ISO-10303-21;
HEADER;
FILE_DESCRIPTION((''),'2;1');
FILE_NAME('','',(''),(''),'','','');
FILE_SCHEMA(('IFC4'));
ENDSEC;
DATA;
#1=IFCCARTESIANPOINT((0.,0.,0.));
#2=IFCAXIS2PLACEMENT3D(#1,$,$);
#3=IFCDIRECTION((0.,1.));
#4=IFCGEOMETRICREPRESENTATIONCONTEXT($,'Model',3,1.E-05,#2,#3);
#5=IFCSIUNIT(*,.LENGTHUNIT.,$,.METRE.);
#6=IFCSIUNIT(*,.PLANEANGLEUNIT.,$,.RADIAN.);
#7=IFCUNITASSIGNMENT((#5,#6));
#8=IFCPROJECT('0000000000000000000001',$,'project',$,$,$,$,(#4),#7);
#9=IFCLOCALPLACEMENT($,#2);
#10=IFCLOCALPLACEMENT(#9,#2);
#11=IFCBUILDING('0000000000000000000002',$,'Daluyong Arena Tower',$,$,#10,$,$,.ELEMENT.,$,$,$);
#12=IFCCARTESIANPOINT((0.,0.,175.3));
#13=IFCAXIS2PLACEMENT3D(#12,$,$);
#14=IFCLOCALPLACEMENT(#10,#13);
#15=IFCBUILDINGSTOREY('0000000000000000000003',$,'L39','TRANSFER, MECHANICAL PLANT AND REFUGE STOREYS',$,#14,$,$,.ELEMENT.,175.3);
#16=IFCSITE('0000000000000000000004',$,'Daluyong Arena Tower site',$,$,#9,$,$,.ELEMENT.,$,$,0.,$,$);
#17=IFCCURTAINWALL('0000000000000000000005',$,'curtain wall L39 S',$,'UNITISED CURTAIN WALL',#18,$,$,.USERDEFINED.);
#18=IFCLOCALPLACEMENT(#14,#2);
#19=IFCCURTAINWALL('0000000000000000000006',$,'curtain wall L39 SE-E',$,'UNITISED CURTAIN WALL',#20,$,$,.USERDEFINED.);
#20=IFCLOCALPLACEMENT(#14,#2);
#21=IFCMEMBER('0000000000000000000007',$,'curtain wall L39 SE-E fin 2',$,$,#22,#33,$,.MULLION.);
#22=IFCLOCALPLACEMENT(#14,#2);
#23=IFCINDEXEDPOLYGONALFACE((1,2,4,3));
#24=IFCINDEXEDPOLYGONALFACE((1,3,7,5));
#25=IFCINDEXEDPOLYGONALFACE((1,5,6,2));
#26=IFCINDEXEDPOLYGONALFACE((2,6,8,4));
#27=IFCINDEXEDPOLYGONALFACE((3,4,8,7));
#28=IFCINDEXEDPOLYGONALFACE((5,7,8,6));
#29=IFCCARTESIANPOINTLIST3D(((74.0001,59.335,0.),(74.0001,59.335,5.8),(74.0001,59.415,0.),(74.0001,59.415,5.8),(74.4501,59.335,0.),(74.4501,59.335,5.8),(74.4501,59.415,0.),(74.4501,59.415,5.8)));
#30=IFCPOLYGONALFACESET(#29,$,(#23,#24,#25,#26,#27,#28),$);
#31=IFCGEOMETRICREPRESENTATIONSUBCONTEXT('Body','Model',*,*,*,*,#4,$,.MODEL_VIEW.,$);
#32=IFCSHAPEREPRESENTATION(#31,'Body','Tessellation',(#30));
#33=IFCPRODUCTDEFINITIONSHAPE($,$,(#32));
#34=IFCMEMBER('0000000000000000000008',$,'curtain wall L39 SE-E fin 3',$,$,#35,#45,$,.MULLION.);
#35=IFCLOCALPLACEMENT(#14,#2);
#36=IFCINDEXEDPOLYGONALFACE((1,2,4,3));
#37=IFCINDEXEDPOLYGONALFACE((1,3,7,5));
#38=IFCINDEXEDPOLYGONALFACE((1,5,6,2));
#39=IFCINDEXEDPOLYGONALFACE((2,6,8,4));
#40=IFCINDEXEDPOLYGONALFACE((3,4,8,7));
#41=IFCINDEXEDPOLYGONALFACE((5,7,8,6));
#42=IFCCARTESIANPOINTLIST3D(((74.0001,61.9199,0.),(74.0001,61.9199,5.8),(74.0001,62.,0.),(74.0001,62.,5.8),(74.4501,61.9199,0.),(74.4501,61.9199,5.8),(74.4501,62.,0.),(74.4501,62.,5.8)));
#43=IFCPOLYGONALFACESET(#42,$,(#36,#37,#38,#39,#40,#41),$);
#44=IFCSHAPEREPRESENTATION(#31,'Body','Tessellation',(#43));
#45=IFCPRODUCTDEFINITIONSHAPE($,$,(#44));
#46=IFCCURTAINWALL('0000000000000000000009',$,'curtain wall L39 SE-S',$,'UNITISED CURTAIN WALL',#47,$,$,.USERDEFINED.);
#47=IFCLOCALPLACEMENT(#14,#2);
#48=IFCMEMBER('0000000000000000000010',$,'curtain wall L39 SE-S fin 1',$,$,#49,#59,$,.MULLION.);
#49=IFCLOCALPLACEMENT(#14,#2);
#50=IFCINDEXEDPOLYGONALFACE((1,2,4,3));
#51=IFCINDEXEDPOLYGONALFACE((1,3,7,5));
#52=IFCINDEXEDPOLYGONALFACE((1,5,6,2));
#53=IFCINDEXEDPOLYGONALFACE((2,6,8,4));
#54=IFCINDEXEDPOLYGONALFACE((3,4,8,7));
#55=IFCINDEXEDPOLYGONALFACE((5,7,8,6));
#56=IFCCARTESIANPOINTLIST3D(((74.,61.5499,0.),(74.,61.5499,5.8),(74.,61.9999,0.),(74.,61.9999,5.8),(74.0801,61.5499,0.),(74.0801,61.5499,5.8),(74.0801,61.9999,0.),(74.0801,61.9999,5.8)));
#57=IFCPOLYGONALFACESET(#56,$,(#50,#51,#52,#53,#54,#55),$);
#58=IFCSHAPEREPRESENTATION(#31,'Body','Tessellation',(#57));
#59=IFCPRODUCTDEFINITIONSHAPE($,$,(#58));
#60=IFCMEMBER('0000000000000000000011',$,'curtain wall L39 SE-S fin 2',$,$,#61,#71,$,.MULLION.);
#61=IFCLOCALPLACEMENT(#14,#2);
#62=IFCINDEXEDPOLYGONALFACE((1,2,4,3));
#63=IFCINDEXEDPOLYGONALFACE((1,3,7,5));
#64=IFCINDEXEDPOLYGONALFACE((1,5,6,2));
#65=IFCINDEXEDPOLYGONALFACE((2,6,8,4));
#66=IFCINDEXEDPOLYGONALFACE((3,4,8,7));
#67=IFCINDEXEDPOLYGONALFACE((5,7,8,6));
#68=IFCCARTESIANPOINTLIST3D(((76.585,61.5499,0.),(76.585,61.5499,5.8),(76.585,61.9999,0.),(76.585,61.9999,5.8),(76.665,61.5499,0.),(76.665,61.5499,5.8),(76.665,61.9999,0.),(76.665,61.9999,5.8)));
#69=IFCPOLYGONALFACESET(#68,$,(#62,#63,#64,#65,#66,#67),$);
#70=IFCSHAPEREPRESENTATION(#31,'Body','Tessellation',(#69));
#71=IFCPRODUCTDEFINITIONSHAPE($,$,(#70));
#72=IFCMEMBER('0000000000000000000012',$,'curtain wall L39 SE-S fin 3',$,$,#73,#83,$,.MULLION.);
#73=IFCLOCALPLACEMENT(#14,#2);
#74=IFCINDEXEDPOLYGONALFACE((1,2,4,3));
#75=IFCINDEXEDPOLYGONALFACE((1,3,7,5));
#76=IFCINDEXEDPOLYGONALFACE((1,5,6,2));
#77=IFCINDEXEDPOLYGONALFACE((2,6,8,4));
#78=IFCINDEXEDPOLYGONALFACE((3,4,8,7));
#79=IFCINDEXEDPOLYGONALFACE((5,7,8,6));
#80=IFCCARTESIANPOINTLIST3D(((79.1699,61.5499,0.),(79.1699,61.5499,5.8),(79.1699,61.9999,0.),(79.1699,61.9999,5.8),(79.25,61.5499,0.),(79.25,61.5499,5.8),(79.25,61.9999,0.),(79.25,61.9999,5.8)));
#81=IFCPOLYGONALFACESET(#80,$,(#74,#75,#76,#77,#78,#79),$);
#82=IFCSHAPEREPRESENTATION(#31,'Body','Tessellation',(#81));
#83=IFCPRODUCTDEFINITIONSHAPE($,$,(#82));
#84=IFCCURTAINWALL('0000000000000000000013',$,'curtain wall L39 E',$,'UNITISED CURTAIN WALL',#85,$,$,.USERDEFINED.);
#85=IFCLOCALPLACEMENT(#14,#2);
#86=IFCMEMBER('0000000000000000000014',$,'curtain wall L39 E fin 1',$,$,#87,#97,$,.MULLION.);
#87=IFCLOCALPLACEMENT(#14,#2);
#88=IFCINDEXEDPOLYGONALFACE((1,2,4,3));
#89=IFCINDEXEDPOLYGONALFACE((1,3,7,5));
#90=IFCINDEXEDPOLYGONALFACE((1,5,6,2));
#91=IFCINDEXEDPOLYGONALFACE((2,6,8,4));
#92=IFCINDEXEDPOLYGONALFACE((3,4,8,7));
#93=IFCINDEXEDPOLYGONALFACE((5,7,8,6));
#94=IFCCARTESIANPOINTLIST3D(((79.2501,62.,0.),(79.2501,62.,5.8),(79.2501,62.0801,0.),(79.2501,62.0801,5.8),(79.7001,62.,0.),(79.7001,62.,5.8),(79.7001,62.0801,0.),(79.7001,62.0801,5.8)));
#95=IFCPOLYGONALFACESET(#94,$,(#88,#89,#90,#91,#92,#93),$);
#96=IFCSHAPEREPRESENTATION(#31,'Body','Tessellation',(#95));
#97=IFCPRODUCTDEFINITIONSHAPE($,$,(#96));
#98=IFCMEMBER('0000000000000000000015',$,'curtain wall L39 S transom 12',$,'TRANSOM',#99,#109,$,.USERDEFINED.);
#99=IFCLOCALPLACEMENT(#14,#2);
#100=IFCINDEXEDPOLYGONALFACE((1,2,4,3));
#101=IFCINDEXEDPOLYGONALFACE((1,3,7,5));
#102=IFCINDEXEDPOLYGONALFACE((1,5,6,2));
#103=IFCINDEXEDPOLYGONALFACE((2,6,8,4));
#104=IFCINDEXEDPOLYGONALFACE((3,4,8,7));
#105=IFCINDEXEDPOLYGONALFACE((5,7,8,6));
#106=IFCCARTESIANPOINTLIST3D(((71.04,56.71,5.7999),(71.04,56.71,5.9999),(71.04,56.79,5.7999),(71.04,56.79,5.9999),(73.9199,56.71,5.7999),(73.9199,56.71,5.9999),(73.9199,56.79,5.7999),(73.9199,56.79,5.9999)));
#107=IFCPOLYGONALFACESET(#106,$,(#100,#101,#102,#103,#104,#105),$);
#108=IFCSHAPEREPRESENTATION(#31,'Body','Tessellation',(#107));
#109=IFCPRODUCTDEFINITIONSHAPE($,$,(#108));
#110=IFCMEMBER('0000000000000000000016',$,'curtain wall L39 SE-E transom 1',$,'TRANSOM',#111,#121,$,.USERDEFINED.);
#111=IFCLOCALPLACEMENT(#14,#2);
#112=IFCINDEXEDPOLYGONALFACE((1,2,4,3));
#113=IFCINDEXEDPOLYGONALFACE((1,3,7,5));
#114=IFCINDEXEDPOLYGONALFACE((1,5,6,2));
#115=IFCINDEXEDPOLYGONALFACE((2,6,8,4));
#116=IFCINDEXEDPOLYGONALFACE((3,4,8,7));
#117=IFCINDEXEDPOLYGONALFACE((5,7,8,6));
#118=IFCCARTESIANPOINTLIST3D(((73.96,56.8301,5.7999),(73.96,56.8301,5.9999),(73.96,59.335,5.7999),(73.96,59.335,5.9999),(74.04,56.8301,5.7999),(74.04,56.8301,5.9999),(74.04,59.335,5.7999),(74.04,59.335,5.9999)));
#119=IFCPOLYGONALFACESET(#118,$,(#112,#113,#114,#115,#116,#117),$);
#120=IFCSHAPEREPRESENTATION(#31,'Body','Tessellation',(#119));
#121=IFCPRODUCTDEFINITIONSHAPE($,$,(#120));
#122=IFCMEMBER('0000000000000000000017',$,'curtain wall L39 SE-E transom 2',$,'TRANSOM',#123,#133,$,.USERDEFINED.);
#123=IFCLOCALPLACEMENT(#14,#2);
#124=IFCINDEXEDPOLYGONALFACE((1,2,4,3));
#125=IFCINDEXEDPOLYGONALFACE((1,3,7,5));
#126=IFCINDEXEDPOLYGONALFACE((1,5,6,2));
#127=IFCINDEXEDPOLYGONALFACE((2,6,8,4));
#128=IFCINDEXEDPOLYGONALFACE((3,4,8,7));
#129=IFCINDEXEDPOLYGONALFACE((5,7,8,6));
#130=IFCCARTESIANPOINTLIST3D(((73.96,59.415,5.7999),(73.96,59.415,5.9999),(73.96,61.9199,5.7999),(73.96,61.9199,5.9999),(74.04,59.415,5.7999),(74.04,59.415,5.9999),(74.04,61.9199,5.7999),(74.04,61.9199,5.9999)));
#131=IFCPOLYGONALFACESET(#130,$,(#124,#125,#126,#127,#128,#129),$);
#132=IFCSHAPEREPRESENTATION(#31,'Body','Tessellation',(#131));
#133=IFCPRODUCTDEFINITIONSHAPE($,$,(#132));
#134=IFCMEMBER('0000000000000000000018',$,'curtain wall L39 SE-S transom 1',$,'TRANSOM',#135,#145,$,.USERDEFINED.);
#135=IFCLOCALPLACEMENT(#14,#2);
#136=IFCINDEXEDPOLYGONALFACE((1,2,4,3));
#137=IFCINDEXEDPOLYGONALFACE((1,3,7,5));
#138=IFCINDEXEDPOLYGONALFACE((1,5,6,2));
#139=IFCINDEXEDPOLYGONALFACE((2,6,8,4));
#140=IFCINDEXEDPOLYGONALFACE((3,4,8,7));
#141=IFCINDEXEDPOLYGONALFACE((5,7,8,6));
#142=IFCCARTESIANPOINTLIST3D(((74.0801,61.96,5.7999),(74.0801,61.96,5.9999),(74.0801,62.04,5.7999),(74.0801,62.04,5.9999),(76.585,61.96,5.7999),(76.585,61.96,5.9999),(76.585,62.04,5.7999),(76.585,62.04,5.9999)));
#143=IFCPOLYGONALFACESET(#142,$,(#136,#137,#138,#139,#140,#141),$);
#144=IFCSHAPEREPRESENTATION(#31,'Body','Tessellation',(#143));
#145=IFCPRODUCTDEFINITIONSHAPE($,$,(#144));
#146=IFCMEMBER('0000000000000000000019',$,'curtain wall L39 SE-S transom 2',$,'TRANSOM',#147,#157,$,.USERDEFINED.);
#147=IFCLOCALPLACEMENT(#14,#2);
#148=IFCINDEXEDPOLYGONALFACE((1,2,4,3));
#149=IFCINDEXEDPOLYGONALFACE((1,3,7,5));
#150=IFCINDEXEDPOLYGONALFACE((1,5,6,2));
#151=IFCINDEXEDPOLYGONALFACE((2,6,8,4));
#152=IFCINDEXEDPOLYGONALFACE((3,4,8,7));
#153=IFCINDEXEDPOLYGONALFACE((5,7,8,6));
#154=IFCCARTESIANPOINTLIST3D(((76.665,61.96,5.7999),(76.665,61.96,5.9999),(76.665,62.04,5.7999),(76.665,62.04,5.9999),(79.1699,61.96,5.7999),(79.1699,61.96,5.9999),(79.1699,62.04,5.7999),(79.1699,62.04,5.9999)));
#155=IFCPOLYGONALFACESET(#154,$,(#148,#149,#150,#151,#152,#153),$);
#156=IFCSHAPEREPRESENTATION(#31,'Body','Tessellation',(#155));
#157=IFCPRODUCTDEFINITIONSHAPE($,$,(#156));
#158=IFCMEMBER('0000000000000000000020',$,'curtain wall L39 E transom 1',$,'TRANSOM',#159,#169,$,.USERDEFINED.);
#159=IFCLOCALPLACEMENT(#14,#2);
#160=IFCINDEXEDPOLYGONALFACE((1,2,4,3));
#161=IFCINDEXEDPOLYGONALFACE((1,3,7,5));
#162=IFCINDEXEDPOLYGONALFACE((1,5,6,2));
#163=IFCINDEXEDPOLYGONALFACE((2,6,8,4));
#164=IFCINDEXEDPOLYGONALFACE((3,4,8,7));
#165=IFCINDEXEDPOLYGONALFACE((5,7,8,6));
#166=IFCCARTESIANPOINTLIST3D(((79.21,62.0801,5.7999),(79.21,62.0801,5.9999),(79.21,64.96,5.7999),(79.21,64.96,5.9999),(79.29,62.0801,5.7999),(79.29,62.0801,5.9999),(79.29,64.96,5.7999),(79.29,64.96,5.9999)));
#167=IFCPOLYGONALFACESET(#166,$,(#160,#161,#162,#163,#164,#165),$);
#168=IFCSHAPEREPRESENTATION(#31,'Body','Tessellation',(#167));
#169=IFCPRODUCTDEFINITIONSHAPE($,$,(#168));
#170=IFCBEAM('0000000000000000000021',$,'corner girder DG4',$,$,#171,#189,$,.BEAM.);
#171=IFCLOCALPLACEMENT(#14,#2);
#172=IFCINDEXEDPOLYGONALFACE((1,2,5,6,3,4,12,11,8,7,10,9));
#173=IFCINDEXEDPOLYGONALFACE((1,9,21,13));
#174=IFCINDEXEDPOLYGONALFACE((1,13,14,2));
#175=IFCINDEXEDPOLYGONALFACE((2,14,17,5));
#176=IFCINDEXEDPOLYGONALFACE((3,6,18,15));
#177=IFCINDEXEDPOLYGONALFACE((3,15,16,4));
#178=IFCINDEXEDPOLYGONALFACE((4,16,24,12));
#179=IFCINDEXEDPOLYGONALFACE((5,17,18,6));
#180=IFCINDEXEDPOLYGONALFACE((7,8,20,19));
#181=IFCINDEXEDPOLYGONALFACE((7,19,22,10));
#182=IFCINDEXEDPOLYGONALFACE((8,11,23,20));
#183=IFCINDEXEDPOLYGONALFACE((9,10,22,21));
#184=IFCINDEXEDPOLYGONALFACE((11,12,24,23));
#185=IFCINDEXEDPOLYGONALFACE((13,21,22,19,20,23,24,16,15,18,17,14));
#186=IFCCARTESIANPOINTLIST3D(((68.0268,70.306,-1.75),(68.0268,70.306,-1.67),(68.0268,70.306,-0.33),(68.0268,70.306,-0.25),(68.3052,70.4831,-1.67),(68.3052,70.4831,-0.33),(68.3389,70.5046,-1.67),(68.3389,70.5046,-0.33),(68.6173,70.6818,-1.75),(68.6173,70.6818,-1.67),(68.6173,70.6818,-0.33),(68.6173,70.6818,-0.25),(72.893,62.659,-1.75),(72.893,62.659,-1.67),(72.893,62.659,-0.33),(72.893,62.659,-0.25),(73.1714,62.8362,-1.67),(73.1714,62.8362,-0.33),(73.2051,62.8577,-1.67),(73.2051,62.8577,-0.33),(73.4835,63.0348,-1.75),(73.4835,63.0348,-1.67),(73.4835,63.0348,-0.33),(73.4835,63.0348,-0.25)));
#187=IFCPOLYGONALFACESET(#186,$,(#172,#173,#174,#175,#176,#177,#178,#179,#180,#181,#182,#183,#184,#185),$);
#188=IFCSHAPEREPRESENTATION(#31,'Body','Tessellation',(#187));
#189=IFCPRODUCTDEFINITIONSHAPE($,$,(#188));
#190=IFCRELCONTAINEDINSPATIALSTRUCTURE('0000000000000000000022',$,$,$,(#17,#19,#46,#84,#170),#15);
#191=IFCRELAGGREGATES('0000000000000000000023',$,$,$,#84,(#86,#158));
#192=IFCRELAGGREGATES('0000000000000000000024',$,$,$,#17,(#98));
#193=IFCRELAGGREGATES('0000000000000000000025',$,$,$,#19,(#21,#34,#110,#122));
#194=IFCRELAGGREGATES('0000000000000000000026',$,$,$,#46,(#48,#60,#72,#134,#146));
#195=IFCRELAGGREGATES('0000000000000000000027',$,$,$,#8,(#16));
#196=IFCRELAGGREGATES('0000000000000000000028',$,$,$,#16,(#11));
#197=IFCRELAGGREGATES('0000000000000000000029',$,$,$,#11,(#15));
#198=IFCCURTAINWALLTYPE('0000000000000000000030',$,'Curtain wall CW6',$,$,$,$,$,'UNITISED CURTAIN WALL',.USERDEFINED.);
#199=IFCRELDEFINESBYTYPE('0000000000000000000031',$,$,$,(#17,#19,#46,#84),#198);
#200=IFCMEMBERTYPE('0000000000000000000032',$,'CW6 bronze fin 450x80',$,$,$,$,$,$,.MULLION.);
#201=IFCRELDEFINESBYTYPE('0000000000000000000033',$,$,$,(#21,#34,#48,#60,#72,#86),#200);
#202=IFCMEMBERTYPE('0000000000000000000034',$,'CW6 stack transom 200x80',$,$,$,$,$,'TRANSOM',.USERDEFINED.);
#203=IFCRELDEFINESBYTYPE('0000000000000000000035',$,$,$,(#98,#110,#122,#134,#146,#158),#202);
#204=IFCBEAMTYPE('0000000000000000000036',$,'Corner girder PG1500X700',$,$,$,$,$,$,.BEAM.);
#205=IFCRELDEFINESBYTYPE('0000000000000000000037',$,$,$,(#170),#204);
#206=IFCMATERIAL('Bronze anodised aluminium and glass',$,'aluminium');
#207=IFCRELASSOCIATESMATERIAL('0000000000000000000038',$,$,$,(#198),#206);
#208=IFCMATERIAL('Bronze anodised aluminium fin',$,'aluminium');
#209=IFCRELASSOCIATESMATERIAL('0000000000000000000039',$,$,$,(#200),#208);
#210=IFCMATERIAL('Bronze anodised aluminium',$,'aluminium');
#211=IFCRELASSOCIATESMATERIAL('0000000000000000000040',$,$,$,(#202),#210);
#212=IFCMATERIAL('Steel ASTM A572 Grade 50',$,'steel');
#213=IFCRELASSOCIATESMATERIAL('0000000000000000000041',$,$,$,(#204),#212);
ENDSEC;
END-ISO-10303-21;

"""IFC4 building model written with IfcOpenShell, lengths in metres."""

from ifc_helpers import new_model, si_unit, direction, frame, origin, origin_2d, place, context, subcontext, project, spatial, rectangle, i_section, extrude, material, material_profile, profile_set, type_object, element, aggregate, save


model = new_model("IFC4")

# Units and contexts
model_context = context("Model", 3, precision=1e-05, world=origin(), true_north=direction((0.0, 1.0)))
body_context = subcontext(model_context, "Body", "Model", "MODEL_VIEW")
ifc_project = project(units=[si_unit("LENGTHUNIT", "METRE"), si_unit("PLANEANGLEUNIT", "RADIAN")], contexts=[model_context])

# Site, building, storey
site_placement = place(None, origin())
site = spatial("IfcSite", under=ifc_project, at=site_placement, Name="Daluyong Arena Tower site", CompositionType="ELEMENT", RefElevation=0.0)
building_placement = place(site_placement, origin())
building = spatial("IfcBuilding", under=site, at=building_placement, Name="Daluyong Arena Tower", CompositionType="ELEMENT")
storey_placement = place(building_placement, frame((0.0, 0.0, 175.3)))
storey = spatial("IfcBuildingStorey", under=building, at=storey_placement, Name="L39", Description="TRANSFER, MECHANICAL PLANT AND REFUGE STOREYS", CompositionType="ELEMENT", Elevation=175.3)

# Curtain wall
ifc_material_1 = material(Name="Bronze anodised aluminium and glass", Category="aluminium")
curtain_wall_type = type_object("IfcCurtainWallType", Name="Curtain wall CW6", ElementType="UNITISED CURTAIN WALL", PredefinedType="USERDEFINED", material=ifc_material_1)
curtain_wall_1_placement = place(storey_placement, origin())
curtain_wall_1 = element("IfcCurtainWall", 1, at=curtain_wall_1_placement, inside=storey, type_object=curtain_wall_type, Name="curtain wall L39 S", ObjectType="UNITISED CURTAIN WALL", PredefinedType="USERDEFINED")
ifc_material_2 = material(Name="Bronze anodised aluminium fin", Category="aluminium")
ifc_material_profile_1 = material_profile(ifc_material_2, rectangle(XDim=0.45, YDim=0.0801, at=origin_2d()))
ifc_profile_set_1 = profile_set([ifc_material_profile_1], Name="Bronze anodised aluminium fin")
member_type_1 = type_object("IfcMemberType", Name="CW6 bronze fin 450x80", PredefinedType="MULLION", material=ifc_profile_set_1)

# Curtain walls, members
curtain_wall_2_placement = place(storey_placement, origin())
curtain_wall_2 = element("IfcCurtainWall", 2, at=curtain_wall_2_placement, inside=storey, type_object=curtain_wall_type, Name="curtain wall L39 SE-E", ObjectType="UNITISED CURTAIN WALL", PredefinedType="USERDEFINED")
member_1_placement = place(storey_placement, frame((74.2251, 59.375, 0.0), z_axis=(0.0, 0.0, 1.0), x_axis=(-1.0, 0.0, 0.0)))
member_1 = element("IfcMember", 3, at=member_1_placement, type_object=member_type_1, Name="curtain wall L39 SE-E fin 2", PredefinedType="MULLION", context=body_context, shape_type="SweptSolid", body=[
    extrude(rectangle(XDim=0.45, YDim=0.0801, at=origin_2d()), origin(), (0.0, 0.0, 1.0), 5.8),
])
member_2_placement = place(storey_placement, frame((74.2251, 61.96, 0.0), z_axis=(0.0, 0.0, 1.0), x_axis=(-1.0, 0.0, 0.0)))
member_2 = element("IfcMember", 4, at=member_2_placement, type_object=member_type_1, Name="curtain wall L39 SE-E fin 3", PredefinedType="MULLION", context=body_context, shape_type="SweptSolid", body=[
    extrude(rectangle(XDim=0.45, YDim=0.0801, at=origin_2d()), origin(), (0.0, 0.0, 1.0), 5.8),
])
curtain_wall_3_placement = place(storey_placement, origin())
curtain_wall_3 = element("IfcCurtainWall", 5, at=curtain_wall_3_placement, inside=storey, type_object=curtain_wall_type, Name="curtain wall L39 SE-S", ObjectType="UNITISED CURTAIN WALL", PredefinedType="USERDEFINED")
member_3_placement = place(storey_placement, frame((74.04, 61.7749, 0.0), z_axis=(0.0, 0.0, 1.0), x_axis=(0.0, 1.0, 0.0)))
member_3 = element("IfcMember", 6, at=member_3_placement, type_object=member_type_1, Name="curtain wall L39 SE-S fin 1", PredefinedType="MULLION", context=body_context, shape_type="SweptSolid", body=[
    extrude(rectangle(XDim=0.45, YDim=0.0801, at=origin_2d()), origin(), (0.0, 0.0, 1.0), 5.8),
])
member_4_placement = place(storey_placement, frame((76.625, 61.7749, 0.0), z_axis=(0.0, 0.0, 1.0), x_axis=(0.0, 1.0, 0.0)))
member_4 = element("IfcMember", 7, at=member_4_placement, type_object=member_type_1, Name="curtain wall L39 SE-S fin 2", PredefinedType="MULLION", context=body_context, shape_type="SweptSolid", body=[
    extrude(rectangle(XDim=0.45, YDim=0.0801, at=origin_2d()), origin(), (0.0, 0.0, 1.0), 5.8),
])
member_5_placement = place(storey_placement, frame((79.21, 61.7749, 0.0), z_axis=(0.0, 0.0, 1.0), x_axis=(0.0, 1.0, 0.0)))
member_5 = element("IfcMember", 8, at=member_5_placement, type_object=member_type_1, Name="curtain wall L39 SE-S fin 3", PredefinedType="MULLION", context=body_context, shape_type="SweptSolid", body=[
    extrude(rectangle(XDim=0.45, YDim=0.0801, at=origin_2d()), origin(), (0.0, 0.0, 1.0), 5.8),
])

# Curtain wall, member
curtain_wall_4_placement = place(storey_placement, origin())
curtain_wall_4 = element("IfcCurtainWall", 9, at=curtain_wall_4_placement, inside=storey, type_object=curtain_wall_type, Name="curtain wall L39 E", ObjectType="UNITISED CURTAIN WALL", PredefinedType="USERDEFINED")
member_6_placement = place(storey_placement, frame((79.4751, 62.04, 0.0), z_axis=(0.0, 0.0, 1.0), x_axis=(-1.0, 0.0, 0.0)))
member_6 = element("IfcMember", 10, at=member_6_placement, type_object=member_type_1, Name="curtain wall L39 E fin 1", PredefinedType="MULLION", context=body_context, shape_type="SweptSolid", body=[
    extrude(rectangle(XDim=0.45, YDim=0.0801, at=origin_2d()), origin(), (0.0, 0.0, 1.0), 5.8),
])

# Members
ifc_material_3 = material(Name="Bronze anodised aluminium", Category="aluminium")
ifc_material_profile_2 = material_profile(ifc_material_3, rectangle(XDim=0.0801, YDim=0.2, at=origin_2d()))
ifc_profile_set_2 = profile_set([ifc_material_profile_2], Name="Bronze anodised aluminium")
member_type_2 = type_object("IfcMemberType", Name="CW6 stack transom 200x80", ElementType="TRANSOM", PredefinedType="USERDEFINED", material=ifc_profile_set_2)
member_7_placement = place(storey_placement, frame((71.04, 56.75, 5.8999), z_axis=(1.0, 0.0, 0.0), x_axis=(0.0, 1.0, 0.0)))
member_7 = element("IfcMember", 11, at=member_7_placement, type_object=member_type_2, Name="curtain wall L39 S transom 12", ObjectType="TRANSOM", PredefinedType="USERDEFINED", context=body_context, shape_type="SweptSolid", body=[
    extrude(rectangle(XDim=0.0801, YDim=0.2, at=origin_2d()), origin(), (0.0, 0.0, 1.0), 2.8799),
])
member_8_placement = place(storey_placement, frame((74.0, 56.8301, 5.8999), z_axis=(0.0, 1.0, 0.0), x_axis=(-1.0, 0.0, 0.0)))
member_8 = element("IfcMember", 12, at=member_8_placement, type_object=member_type_2, Name="curtain wall L39 SE-E transom 1", ObjectType="TRANSOM", PredefinedType="USERDEFINED", context=body_context, shape_type="SweptSolid", body=[
    extrude(rectangle(XDim=0.0801, YDim=0.2, at=origin_2d()), origin(), (0.0, 0.0, 1.0), 2.5049),
])
member_9_placement = place(storey_placement, frame((74.0, 59.415, 5.8999), z_axis=(0.0, 1.0, 0.0), x_axis=(-1.0, 0.0, 0.0)))
member_9 = element("IfcMember", 13, at=member_9_placement, type_object=member_type_2, Name="curtain wall L39 SE-E transom 2", ObjectType="TRANSOM", PredefinedType="USERDEFINED", context=body_context, shape_type="SweptSolid", body=[
    extrude(rectangle(XDim=0.0801, YDim=0.2, at=origin_2d()), origin(), (0.0, 0.0, 1.0), 2.5049),
])
member_10_placement = place(storey_placement, frame((74.0801, 62.0, 5.8999), z_axis=(1.0, 0.0, 0.0), x_axis=(0.0, 1.0, 0.0)))
member_10 = element("IfcMember", 14, at=member_10_placement, type_object=member_type_2, Name="curtain wall L39 SE-S transom 1", ObjectType="TRANSOM", PredefinedType="USERDEFINED", context=body_context, shape_type="SweptSolid", body=[
    extrude(rectangle(XDim=0.0801, YDim=0.2, at=origin_2d()), origin(), (0.0, 0.0, 1.0), 2.5049),
])
member_11_placement = place(storey_placement, frame((76.665, 62.0, 5.8999), z_axis=(1.0, 0.0, 0.0), x_axis=(0.0, 1.0, 0.0)))
member_11 = element("IfcMember", 15, at=member_11_placement, type_object=member_type_2, Name="curtain wall L39 SE-S transom 2", ObjectType="TRANSOM", PredefinedType="USERDEFINED", context=body_context, shape_type="SweptSolid", body=[
    extrude(rectangle(XDim=0.0801, YDim=0.2, at=origin_2d()), origin(), (0.0, 0.0, 1.0), 2.5049),
])
member_12_placement = place(storey_placement, frame((79.25, 62.0801, 5.8999), z_axis=(0.0, 1.0, 0.0), x_axis=(-1.0, 0.0, 0.0)))
member_12 = element("IfcMember", 16, at=member_12_placement, type_object=member_type_2, Name="curtain wall L39 E transom 1", ObjectType="TRANSOM", PredefinedType="USERDEFINED", context=body_context, shape_type="SweptSolid", body=[
    extrude(rectangle(XDim=0.0801, YDim=0.2, at=origin_2d()), origin(), (0.0, 0.0, 1.0), 2.8799),
])
aggregate(curtain_wall_4, [member_6, member_12])

# Beam
ifc_material_4 = material(Name="Steel ASTM A572 Grade 50", Category="steel")
ifc_material_profile_3 = material_profile(ifc_material_4, i_section(OverallWidth=0.7, OverallDepth=1.5, WebThickness=0.04, FlangeThickness=0.08, at=origin_2d()))
ifc_profile_set_3 = profile_set([ifc_material_profile_3], Name="Steel ASTM A572 Grade 50")
beam_type_1 = type_object("IfcBeamType", Name="Corner girder PG1500X700", PredefinedType="BEAM", material=ifc_profile_set_3)
beam_1_placement = place(storey_placement, frame((73.1882, 62.8469, -1.0), z_axis=(-0.536872, 0.843664, 0.0), x_axis=(-0.843664, -0.536872, 0.0)))
element("IfcBeam", 17, at=beam_1_placement, inside=storey, type_object=beam_type_1, Name="corner girder DG4", PredefinedType="BEAM", context=body_context, shape_type="SweptSolid", body=[
    extrude(i_section(OverallWidth=0.7, OverallDepth=1.5, WebThickness=0.04, FlangeThickness=0.08, at=origin_2d()), origin(), (0.0, 0.0, 1.0), 9.064),
])

aggregate(curtain_wall_1, [member_7])
aggregate(curtain_wall_2, [member_1, member_2, member_8, member_9])
aggregate(curtain_wall_3, [member_3, member_4, member_5, member_10, member_11])

save(model, "model.ifc")
